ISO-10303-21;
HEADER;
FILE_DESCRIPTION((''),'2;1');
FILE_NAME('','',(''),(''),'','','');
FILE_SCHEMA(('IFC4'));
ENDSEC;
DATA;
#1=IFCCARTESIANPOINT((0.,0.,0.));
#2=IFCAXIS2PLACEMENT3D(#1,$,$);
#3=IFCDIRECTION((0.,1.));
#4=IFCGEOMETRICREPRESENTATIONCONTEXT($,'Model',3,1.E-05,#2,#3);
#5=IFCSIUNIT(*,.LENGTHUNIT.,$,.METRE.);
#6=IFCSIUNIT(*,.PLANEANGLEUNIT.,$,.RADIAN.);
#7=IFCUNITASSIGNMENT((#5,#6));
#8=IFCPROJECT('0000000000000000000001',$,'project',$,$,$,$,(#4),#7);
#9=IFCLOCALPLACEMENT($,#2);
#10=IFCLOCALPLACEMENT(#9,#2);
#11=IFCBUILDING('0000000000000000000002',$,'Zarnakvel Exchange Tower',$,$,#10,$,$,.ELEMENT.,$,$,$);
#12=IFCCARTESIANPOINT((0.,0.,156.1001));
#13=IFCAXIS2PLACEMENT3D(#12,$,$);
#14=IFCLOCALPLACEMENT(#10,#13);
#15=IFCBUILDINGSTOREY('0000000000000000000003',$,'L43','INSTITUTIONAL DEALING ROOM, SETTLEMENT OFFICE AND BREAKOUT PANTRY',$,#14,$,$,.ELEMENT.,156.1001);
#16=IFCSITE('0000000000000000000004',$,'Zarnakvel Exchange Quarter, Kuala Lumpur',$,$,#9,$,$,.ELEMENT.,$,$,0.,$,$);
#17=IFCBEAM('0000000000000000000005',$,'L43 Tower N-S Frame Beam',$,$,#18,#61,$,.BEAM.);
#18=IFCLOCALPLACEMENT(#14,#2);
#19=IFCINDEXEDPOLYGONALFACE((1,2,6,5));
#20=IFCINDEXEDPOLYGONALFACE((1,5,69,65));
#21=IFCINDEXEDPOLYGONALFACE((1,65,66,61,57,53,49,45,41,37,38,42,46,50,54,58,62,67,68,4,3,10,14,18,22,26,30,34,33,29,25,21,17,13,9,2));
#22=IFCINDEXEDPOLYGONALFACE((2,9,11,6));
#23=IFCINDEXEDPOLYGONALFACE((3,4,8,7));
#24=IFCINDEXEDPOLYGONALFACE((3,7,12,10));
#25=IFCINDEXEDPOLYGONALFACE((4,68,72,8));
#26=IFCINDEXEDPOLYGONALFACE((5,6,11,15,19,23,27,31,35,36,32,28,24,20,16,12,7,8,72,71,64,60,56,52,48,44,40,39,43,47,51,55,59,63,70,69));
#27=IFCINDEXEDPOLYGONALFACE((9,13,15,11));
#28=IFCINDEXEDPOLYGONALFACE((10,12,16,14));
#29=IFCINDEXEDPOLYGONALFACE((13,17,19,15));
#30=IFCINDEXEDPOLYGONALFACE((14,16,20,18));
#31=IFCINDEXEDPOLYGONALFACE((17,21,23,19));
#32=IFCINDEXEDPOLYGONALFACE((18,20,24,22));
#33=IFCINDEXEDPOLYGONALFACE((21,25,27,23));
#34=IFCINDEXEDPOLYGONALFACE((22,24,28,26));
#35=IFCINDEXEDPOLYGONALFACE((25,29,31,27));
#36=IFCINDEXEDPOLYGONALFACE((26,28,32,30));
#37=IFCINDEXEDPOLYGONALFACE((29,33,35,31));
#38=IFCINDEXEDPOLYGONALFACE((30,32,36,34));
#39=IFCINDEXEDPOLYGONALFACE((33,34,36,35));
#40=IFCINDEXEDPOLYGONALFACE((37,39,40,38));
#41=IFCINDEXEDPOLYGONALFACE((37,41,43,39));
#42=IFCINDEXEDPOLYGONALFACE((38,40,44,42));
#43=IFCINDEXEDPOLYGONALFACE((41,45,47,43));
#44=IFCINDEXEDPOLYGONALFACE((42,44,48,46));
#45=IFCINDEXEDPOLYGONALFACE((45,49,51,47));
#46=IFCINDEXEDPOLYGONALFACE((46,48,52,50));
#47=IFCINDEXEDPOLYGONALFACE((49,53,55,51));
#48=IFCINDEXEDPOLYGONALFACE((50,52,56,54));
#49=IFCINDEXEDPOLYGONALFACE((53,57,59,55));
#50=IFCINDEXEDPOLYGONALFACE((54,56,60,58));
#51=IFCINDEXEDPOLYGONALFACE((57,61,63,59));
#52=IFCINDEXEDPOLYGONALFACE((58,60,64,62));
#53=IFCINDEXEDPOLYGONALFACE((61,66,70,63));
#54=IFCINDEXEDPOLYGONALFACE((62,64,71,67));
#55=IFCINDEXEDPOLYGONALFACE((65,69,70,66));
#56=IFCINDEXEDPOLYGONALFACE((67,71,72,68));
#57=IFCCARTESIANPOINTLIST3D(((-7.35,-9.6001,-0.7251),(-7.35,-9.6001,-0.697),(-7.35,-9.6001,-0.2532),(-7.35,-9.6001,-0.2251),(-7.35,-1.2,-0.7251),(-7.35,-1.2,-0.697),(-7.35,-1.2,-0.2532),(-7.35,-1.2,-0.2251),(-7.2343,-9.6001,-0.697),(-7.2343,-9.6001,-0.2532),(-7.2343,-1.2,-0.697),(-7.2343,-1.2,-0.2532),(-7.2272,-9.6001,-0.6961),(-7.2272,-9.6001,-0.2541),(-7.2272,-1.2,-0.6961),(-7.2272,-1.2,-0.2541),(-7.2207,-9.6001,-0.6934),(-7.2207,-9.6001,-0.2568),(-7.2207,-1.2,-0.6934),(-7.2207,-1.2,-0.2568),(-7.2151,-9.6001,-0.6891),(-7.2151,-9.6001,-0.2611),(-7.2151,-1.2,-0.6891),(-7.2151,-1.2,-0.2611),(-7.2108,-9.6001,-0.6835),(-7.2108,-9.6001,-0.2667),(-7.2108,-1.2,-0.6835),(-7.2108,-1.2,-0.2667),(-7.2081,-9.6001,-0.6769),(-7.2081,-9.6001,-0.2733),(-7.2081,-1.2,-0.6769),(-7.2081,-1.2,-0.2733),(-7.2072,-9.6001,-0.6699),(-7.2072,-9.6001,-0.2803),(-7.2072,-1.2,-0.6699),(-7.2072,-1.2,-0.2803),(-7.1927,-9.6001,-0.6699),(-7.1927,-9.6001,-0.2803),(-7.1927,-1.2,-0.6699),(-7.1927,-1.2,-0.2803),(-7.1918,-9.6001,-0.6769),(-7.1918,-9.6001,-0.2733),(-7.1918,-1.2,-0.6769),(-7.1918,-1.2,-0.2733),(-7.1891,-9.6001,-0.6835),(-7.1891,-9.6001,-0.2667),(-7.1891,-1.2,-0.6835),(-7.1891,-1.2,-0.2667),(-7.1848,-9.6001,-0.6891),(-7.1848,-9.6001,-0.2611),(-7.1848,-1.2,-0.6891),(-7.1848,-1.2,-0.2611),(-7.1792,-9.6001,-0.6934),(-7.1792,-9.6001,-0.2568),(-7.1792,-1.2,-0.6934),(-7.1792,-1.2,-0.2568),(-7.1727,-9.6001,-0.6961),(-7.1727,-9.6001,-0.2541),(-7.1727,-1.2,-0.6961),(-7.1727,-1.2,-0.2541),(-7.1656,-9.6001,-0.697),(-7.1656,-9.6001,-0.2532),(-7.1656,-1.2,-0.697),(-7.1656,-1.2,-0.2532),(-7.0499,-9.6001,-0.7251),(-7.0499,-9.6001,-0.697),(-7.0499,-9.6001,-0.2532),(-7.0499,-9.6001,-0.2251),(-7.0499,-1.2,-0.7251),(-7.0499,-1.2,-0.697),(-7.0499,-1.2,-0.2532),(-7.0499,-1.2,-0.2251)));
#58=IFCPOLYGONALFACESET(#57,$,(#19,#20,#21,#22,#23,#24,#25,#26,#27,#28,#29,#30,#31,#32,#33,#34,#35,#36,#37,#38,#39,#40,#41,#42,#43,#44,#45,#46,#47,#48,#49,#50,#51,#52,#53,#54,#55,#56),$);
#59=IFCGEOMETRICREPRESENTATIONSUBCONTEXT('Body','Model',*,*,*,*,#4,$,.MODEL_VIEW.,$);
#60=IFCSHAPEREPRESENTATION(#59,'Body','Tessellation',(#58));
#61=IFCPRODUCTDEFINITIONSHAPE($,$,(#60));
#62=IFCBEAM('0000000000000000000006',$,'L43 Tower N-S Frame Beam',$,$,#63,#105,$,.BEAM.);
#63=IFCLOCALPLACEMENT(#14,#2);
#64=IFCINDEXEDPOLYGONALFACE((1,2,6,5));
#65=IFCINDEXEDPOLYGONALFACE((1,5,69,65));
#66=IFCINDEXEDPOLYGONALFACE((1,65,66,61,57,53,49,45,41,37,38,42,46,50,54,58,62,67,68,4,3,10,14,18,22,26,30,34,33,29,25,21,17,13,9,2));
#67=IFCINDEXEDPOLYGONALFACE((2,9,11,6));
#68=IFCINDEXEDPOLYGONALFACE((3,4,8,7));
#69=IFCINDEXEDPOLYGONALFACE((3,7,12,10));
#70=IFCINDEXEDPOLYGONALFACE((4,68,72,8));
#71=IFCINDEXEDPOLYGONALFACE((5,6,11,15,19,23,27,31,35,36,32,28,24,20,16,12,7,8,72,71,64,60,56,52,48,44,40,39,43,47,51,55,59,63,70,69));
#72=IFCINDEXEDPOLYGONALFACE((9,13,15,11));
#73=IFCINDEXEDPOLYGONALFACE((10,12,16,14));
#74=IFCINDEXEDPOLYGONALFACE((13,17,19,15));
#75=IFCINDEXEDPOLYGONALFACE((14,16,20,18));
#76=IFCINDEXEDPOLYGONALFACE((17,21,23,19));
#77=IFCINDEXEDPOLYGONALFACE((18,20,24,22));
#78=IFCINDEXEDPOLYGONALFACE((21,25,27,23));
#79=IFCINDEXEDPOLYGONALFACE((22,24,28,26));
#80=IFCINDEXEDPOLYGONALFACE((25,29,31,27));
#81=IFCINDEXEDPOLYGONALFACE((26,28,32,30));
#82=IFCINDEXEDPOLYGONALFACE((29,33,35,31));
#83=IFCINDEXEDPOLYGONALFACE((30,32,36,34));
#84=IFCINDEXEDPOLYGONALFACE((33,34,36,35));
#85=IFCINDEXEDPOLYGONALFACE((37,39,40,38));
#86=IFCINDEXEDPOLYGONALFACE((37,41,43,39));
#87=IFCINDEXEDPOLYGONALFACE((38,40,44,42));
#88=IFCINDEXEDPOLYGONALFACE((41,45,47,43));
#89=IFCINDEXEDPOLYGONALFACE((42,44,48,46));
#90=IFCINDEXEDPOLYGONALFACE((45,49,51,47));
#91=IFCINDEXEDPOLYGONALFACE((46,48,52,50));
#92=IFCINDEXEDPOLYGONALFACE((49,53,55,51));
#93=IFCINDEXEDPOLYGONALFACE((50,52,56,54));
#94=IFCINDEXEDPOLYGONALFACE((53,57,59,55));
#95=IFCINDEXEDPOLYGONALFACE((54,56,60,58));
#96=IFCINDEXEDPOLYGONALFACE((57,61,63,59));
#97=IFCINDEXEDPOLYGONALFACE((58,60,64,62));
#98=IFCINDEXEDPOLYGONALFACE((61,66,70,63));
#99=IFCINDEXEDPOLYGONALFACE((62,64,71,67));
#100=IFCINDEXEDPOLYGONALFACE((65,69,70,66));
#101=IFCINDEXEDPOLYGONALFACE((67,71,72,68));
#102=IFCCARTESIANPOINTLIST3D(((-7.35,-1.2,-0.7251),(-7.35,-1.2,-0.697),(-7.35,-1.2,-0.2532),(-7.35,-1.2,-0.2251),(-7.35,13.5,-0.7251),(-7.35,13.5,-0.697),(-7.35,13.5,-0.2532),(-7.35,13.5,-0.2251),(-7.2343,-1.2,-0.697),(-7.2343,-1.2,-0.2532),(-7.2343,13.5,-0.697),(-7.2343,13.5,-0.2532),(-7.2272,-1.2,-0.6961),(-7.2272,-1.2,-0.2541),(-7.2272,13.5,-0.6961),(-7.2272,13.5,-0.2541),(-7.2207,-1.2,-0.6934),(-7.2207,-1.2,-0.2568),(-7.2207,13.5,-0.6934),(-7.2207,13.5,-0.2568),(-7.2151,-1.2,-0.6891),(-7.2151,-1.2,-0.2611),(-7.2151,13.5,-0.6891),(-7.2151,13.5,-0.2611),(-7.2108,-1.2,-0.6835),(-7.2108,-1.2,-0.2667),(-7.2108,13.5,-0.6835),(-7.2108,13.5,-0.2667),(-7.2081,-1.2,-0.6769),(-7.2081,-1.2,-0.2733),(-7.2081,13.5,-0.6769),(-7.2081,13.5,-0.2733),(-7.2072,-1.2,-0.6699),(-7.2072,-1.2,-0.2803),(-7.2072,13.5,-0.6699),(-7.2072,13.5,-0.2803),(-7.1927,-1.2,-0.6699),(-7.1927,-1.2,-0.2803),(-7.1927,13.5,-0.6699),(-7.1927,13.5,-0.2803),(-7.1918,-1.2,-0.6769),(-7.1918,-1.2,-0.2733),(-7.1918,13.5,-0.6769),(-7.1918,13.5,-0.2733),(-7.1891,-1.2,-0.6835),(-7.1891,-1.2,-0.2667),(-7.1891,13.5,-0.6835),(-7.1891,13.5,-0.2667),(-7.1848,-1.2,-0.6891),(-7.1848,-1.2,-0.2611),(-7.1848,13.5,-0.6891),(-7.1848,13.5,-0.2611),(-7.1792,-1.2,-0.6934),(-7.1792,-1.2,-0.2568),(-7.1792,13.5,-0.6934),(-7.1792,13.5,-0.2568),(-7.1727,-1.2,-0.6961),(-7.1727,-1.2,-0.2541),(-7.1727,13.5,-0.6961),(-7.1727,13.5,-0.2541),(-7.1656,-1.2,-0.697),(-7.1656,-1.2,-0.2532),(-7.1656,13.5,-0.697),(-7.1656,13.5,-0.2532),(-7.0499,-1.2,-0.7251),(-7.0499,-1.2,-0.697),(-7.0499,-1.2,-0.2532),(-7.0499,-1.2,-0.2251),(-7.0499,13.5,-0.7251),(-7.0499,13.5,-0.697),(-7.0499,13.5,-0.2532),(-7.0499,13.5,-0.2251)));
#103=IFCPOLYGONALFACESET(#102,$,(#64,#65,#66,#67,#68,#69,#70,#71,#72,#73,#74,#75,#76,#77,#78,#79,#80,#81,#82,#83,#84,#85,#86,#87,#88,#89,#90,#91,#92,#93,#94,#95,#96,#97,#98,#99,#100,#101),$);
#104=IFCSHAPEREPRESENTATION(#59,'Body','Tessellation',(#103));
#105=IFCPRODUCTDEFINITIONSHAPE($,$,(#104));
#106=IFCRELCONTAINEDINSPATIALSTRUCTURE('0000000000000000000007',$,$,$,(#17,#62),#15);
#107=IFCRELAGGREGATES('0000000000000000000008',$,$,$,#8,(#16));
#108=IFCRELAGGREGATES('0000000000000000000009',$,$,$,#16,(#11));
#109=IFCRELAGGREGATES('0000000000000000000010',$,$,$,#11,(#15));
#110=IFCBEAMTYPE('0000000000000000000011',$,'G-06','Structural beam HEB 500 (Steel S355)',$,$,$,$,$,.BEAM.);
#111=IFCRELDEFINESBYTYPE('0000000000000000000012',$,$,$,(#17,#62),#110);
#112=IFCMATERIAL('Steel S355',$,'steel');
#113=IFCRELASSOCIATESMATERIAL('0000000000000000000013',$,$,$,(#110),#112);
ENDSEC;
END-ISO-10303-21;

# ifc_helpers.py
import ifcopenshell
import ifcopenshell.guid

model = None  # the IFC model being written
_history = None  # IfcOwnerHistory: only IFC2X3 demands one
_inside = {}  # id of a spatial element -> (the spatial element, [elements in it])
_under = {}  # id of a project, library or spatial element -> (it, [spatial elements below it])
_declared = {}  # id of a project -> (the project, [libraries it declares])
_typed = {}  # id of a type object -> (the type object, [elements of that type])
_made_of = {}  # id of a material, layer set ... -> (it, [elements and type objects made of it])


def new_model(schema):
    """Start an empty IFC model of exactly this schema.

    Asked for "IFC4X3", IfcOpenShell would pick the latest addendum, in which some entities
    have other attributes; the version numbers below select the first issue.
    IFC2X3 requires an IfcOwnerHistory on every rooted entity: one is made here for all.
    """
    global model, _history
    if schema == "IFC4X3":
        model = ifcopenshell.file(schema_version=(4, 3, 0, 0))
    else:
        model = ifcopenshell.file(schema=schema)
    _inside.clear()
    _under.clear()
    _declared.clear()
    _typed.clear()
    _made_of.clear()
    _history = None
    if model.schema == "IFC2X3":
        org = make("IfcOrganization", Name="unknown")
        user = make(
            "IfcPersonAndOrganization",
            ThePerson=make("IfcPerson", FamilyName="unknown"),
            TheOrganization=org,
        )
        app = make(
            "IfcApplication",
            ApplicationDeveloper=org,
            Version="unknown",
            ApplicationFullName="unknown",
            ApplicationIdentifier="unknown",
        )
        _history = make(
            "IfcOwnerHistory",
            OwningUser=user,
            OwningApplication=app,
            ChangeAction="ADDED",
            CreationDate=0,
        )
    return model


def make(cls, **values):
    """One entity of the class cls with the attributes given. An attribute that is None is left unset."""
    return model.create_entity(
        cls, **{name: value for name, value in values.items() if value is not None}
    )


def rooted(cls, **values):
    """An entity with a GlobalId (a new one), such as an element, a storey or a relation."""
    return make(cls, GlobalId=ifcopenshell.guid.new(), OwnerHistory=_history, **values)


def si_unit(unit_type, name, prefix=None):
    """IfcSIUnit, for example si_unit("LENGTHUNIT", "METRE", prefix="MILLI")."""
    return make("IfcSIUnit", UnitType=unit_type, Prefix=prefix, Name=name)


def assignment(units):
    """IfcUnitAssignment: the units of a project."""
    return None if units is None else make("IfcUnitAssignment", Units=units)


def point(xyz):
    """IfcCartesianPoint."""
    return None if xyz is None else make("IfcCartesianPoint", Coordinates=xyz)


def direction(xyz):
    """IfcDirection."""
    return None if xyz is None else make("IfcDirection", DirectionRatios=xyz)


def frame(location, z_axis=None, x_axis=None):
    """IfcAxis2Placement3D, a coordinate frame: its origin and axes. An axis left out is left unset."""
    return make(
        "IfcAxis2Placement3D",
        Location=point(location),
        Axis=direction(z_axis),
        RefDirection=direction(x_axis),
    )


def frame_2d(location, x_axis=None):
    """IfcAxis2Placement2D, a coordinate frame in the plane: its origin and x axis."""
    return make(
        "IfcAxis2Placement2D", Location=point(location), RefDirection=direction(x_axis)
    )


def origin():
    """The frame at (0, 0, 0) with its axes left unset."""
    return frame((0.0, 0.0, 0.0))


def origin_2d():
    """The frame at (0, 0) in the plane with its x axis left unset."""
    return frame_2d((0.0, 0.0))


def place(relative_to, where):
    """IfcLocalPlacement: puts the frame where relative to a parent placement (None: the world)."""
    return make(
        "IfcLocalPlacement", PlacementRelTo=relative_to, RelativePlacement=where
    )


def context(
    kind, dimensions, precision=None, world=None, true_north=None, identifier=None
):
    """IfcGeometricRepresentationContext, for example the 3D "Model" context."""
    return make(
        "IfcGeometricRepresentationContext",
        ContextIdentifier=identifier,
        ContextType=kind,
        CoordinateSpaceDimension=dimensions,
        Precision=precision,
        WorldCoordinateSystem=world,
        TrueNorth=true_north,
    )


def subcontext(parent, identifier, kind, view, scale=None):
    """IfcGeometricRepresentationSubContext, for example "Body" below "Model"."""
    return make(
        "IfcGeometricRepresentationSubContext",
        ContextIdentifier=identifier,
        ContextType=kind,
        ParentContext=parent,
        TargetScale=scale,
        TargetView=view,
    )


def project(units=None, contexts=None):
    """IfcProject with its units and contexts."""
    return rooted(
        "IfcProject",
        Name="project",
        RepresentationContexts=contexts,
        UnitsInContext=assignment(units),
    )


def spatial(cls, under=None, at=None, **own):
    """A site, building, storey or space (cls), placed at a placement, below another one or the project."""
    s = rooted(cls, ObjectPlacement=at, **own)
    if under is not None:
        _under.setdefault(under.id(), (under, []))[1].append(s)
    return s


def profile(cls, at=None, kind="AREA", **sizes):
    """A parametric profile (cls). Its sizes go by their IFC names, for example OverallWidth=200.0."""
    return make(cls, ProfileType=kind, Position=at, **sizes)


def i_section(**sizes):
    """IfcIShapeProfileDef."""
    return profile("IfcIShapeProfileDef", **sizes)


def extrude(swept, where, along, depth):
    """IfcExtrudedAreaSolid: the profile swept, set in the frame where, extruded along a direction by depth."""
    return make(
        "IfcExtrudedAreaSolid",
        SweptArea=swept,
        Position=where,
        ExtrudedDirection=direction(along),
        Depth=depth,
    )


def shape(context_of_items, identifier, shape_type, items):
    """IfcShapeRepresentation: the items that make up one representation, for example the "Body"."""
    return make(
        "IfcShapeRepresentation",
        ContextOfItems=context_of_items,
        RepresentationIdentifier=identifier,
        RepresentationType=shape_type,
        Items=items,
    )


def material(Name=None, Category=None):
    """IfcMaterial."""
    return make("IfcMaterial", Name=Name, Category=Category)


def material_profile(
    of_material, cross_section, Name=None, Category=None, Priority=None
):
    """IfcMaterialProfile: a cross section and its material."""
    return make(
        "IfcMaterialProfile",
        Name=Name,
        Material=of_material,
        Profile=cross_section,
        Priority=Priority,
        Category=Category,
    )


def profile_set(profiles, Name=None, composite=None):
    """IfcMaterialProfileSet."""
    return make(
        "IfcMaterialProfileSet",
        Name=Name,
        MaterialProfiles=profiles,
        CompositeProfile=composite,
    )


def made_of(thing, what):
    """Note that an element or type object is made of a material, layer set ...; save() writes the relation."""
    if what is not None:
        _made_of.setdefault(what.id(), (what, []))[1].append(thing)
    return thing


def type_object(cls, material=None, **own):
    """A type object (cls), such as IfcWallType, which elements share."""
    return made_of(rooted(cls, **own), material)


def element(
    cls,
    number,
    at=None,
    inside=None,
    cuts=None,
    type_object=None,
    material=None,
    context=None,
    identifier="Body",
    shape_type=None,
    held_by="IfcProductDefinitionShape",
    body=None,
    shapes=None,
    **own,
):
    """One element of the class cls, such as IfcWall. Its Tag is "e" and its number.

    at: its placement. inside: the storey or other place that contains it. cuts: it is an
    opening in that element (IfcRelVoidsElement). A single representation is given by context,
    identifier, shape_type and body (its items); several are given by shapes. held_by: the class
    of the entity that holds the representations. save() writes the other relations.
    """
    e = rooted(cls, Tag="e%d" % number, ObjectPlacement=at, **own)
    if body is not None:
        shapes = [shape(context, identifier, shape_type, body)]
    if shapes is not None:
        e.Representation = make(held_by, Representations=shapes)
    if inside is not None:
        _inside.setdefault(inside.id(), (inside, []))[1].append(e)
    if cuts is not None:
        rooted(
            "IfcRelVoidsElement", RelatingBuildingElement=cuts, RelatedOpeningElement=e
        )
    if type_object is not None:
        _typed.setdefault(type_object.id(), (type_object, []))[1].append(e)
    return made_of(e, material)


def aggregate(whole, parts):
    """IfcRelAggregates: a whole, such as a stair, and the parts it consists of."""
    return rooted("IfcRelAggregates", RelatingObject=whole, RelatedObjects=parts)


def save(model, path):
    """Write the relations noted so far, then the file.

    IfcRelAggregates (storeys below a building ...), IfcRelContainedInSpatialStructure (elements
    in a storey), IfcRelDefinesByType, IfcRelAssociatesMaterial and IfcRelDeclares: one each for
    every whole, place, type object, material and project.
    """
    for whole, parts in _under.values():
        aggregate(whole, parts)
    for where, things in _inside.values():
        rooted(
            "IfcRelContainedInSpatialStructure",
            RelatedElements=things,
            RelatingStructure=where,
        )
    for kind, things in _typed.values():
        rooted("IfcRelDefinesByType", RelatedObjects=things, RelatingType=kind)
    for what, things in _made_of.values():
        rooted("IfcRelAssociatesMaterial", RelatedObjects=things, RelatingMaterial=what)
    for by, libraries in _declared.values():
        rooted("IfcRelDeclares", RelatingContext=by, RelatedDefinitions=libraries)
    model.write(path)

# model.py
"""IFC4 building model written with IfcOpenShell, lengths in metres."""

from ifc_helpers import new_model, si_unit, direction, frame, origin, origin_2d, place, context, subcontext, project, spatial, i_section, extrude, material, material_profile, profile_set, type_object, element, save


model = new_model("IFC4")

# Units and contexts
model_context = context("Model", 3, precision=1e-05, world=origin(), true_north=direction((0.0, 1.0)))
body_context = subcontext(model_context, "Body", "Model", "MODEL_VIEW")
ifc_project = project(units=[si_unit("LENGTHUNIT", "METRE"), si_unit("PLANEANGLEUNIT", "RADIAN")], contexts=[model_context])

# Site, building, storey
site_placement = place(None, origin())
site = spatial("IfcSite", under=ifc_project, at=site_placement, Name="Zarnakvel Exchange Quarter, Kuala Lumpur", CompositionType="ELEMENT", RefElevation=0.0)
building_placement = place(site_placement, origin())
building = spatial("IfcBuilding", under=site, at=building_placement, Name="Zarnakvel Exchange Tower", CompositionType="ELEMENT")
storey_placement = place(building_placement, frame((0.0, 0.0, 156.1001)))
storey = spatial("IfcBuildingStorey", under=building, at=storey_placement, Name="L43", Description="INSTITUTIONAL DEALING ROOM, SETTLEMENT OFFICE AND BREAKOUT PANTRY", CompositionType="ELEMENT", Elevation=156.1001)

# Beams
ifc_material_1 = material(Name="Steel S355", Category="steel")
ifc_material_profile_1 = material_profile(ifc_material_1, i_section(OverallWidth=0.3, OverallDepth=0.5, WebThickness=0.0144, FlangeThickness=0.0281, FilletRadius=0.0271, at=origin_2d()))
ifc_profile_set_1 = profile_set([ifc_material_profile_1], Name="Steel S355")
beam_type_1 = type_object("IfcBeamType", Name="G-06", Description="Structural beam HEB 500 (Steel S355)", PredefinedType="BEAM", material=ifc_profile_set_1)
beam_1_placement = place(storey_placement, frame((-7.2, -9.6001, -0.4751), z_axis=(0.0, 1.0, 0.0), x_axis=(-1.0, 0.0, 0.0)))
element("IfcBeam", 1, at=beam_1_placement, inside=storey, type_object=beam_type_1, Name="L43 Tower N-S Frame Beam", PredefinedType="BEAM", context=body_context, shape_type="SweptSolid", body=[
    extrude(i_section(OverallWidth=0.3, OverallDepth=0.5, WebThickness=0.0144, FlangeThickness=0.0281, FilletRadius=0.0271, at=origin_2d()), origin(), (0.0, 0.0, 1.0), 8.4001),
])
beam_2_placement = place(storey_placement, frame((-7.2, -1.2, -0.4751), z_axis=(0.0, 1.0, 0.0), x_axis=(-1.0, 0.0, 0.0)))
element("IfcBeam", 2, at=beam_2_placement, inside=storey, type_object=beam_type_1, Name="L43 Tower N-S Frame Beam", PredefinedType="BEAM", context=body_context, shape_type="SweptSolid", body=[
    extrude(i_section(OverallWidth=0.3, OverallDepth=0.5, WebThickness=0.0144, FlangeThickness=0.0281, FilletRadius=0.0271, at=origin_2d()), origin(), (0.0, 0.0, 1.0), 14.7),
])

save(model, "model.ifc")
